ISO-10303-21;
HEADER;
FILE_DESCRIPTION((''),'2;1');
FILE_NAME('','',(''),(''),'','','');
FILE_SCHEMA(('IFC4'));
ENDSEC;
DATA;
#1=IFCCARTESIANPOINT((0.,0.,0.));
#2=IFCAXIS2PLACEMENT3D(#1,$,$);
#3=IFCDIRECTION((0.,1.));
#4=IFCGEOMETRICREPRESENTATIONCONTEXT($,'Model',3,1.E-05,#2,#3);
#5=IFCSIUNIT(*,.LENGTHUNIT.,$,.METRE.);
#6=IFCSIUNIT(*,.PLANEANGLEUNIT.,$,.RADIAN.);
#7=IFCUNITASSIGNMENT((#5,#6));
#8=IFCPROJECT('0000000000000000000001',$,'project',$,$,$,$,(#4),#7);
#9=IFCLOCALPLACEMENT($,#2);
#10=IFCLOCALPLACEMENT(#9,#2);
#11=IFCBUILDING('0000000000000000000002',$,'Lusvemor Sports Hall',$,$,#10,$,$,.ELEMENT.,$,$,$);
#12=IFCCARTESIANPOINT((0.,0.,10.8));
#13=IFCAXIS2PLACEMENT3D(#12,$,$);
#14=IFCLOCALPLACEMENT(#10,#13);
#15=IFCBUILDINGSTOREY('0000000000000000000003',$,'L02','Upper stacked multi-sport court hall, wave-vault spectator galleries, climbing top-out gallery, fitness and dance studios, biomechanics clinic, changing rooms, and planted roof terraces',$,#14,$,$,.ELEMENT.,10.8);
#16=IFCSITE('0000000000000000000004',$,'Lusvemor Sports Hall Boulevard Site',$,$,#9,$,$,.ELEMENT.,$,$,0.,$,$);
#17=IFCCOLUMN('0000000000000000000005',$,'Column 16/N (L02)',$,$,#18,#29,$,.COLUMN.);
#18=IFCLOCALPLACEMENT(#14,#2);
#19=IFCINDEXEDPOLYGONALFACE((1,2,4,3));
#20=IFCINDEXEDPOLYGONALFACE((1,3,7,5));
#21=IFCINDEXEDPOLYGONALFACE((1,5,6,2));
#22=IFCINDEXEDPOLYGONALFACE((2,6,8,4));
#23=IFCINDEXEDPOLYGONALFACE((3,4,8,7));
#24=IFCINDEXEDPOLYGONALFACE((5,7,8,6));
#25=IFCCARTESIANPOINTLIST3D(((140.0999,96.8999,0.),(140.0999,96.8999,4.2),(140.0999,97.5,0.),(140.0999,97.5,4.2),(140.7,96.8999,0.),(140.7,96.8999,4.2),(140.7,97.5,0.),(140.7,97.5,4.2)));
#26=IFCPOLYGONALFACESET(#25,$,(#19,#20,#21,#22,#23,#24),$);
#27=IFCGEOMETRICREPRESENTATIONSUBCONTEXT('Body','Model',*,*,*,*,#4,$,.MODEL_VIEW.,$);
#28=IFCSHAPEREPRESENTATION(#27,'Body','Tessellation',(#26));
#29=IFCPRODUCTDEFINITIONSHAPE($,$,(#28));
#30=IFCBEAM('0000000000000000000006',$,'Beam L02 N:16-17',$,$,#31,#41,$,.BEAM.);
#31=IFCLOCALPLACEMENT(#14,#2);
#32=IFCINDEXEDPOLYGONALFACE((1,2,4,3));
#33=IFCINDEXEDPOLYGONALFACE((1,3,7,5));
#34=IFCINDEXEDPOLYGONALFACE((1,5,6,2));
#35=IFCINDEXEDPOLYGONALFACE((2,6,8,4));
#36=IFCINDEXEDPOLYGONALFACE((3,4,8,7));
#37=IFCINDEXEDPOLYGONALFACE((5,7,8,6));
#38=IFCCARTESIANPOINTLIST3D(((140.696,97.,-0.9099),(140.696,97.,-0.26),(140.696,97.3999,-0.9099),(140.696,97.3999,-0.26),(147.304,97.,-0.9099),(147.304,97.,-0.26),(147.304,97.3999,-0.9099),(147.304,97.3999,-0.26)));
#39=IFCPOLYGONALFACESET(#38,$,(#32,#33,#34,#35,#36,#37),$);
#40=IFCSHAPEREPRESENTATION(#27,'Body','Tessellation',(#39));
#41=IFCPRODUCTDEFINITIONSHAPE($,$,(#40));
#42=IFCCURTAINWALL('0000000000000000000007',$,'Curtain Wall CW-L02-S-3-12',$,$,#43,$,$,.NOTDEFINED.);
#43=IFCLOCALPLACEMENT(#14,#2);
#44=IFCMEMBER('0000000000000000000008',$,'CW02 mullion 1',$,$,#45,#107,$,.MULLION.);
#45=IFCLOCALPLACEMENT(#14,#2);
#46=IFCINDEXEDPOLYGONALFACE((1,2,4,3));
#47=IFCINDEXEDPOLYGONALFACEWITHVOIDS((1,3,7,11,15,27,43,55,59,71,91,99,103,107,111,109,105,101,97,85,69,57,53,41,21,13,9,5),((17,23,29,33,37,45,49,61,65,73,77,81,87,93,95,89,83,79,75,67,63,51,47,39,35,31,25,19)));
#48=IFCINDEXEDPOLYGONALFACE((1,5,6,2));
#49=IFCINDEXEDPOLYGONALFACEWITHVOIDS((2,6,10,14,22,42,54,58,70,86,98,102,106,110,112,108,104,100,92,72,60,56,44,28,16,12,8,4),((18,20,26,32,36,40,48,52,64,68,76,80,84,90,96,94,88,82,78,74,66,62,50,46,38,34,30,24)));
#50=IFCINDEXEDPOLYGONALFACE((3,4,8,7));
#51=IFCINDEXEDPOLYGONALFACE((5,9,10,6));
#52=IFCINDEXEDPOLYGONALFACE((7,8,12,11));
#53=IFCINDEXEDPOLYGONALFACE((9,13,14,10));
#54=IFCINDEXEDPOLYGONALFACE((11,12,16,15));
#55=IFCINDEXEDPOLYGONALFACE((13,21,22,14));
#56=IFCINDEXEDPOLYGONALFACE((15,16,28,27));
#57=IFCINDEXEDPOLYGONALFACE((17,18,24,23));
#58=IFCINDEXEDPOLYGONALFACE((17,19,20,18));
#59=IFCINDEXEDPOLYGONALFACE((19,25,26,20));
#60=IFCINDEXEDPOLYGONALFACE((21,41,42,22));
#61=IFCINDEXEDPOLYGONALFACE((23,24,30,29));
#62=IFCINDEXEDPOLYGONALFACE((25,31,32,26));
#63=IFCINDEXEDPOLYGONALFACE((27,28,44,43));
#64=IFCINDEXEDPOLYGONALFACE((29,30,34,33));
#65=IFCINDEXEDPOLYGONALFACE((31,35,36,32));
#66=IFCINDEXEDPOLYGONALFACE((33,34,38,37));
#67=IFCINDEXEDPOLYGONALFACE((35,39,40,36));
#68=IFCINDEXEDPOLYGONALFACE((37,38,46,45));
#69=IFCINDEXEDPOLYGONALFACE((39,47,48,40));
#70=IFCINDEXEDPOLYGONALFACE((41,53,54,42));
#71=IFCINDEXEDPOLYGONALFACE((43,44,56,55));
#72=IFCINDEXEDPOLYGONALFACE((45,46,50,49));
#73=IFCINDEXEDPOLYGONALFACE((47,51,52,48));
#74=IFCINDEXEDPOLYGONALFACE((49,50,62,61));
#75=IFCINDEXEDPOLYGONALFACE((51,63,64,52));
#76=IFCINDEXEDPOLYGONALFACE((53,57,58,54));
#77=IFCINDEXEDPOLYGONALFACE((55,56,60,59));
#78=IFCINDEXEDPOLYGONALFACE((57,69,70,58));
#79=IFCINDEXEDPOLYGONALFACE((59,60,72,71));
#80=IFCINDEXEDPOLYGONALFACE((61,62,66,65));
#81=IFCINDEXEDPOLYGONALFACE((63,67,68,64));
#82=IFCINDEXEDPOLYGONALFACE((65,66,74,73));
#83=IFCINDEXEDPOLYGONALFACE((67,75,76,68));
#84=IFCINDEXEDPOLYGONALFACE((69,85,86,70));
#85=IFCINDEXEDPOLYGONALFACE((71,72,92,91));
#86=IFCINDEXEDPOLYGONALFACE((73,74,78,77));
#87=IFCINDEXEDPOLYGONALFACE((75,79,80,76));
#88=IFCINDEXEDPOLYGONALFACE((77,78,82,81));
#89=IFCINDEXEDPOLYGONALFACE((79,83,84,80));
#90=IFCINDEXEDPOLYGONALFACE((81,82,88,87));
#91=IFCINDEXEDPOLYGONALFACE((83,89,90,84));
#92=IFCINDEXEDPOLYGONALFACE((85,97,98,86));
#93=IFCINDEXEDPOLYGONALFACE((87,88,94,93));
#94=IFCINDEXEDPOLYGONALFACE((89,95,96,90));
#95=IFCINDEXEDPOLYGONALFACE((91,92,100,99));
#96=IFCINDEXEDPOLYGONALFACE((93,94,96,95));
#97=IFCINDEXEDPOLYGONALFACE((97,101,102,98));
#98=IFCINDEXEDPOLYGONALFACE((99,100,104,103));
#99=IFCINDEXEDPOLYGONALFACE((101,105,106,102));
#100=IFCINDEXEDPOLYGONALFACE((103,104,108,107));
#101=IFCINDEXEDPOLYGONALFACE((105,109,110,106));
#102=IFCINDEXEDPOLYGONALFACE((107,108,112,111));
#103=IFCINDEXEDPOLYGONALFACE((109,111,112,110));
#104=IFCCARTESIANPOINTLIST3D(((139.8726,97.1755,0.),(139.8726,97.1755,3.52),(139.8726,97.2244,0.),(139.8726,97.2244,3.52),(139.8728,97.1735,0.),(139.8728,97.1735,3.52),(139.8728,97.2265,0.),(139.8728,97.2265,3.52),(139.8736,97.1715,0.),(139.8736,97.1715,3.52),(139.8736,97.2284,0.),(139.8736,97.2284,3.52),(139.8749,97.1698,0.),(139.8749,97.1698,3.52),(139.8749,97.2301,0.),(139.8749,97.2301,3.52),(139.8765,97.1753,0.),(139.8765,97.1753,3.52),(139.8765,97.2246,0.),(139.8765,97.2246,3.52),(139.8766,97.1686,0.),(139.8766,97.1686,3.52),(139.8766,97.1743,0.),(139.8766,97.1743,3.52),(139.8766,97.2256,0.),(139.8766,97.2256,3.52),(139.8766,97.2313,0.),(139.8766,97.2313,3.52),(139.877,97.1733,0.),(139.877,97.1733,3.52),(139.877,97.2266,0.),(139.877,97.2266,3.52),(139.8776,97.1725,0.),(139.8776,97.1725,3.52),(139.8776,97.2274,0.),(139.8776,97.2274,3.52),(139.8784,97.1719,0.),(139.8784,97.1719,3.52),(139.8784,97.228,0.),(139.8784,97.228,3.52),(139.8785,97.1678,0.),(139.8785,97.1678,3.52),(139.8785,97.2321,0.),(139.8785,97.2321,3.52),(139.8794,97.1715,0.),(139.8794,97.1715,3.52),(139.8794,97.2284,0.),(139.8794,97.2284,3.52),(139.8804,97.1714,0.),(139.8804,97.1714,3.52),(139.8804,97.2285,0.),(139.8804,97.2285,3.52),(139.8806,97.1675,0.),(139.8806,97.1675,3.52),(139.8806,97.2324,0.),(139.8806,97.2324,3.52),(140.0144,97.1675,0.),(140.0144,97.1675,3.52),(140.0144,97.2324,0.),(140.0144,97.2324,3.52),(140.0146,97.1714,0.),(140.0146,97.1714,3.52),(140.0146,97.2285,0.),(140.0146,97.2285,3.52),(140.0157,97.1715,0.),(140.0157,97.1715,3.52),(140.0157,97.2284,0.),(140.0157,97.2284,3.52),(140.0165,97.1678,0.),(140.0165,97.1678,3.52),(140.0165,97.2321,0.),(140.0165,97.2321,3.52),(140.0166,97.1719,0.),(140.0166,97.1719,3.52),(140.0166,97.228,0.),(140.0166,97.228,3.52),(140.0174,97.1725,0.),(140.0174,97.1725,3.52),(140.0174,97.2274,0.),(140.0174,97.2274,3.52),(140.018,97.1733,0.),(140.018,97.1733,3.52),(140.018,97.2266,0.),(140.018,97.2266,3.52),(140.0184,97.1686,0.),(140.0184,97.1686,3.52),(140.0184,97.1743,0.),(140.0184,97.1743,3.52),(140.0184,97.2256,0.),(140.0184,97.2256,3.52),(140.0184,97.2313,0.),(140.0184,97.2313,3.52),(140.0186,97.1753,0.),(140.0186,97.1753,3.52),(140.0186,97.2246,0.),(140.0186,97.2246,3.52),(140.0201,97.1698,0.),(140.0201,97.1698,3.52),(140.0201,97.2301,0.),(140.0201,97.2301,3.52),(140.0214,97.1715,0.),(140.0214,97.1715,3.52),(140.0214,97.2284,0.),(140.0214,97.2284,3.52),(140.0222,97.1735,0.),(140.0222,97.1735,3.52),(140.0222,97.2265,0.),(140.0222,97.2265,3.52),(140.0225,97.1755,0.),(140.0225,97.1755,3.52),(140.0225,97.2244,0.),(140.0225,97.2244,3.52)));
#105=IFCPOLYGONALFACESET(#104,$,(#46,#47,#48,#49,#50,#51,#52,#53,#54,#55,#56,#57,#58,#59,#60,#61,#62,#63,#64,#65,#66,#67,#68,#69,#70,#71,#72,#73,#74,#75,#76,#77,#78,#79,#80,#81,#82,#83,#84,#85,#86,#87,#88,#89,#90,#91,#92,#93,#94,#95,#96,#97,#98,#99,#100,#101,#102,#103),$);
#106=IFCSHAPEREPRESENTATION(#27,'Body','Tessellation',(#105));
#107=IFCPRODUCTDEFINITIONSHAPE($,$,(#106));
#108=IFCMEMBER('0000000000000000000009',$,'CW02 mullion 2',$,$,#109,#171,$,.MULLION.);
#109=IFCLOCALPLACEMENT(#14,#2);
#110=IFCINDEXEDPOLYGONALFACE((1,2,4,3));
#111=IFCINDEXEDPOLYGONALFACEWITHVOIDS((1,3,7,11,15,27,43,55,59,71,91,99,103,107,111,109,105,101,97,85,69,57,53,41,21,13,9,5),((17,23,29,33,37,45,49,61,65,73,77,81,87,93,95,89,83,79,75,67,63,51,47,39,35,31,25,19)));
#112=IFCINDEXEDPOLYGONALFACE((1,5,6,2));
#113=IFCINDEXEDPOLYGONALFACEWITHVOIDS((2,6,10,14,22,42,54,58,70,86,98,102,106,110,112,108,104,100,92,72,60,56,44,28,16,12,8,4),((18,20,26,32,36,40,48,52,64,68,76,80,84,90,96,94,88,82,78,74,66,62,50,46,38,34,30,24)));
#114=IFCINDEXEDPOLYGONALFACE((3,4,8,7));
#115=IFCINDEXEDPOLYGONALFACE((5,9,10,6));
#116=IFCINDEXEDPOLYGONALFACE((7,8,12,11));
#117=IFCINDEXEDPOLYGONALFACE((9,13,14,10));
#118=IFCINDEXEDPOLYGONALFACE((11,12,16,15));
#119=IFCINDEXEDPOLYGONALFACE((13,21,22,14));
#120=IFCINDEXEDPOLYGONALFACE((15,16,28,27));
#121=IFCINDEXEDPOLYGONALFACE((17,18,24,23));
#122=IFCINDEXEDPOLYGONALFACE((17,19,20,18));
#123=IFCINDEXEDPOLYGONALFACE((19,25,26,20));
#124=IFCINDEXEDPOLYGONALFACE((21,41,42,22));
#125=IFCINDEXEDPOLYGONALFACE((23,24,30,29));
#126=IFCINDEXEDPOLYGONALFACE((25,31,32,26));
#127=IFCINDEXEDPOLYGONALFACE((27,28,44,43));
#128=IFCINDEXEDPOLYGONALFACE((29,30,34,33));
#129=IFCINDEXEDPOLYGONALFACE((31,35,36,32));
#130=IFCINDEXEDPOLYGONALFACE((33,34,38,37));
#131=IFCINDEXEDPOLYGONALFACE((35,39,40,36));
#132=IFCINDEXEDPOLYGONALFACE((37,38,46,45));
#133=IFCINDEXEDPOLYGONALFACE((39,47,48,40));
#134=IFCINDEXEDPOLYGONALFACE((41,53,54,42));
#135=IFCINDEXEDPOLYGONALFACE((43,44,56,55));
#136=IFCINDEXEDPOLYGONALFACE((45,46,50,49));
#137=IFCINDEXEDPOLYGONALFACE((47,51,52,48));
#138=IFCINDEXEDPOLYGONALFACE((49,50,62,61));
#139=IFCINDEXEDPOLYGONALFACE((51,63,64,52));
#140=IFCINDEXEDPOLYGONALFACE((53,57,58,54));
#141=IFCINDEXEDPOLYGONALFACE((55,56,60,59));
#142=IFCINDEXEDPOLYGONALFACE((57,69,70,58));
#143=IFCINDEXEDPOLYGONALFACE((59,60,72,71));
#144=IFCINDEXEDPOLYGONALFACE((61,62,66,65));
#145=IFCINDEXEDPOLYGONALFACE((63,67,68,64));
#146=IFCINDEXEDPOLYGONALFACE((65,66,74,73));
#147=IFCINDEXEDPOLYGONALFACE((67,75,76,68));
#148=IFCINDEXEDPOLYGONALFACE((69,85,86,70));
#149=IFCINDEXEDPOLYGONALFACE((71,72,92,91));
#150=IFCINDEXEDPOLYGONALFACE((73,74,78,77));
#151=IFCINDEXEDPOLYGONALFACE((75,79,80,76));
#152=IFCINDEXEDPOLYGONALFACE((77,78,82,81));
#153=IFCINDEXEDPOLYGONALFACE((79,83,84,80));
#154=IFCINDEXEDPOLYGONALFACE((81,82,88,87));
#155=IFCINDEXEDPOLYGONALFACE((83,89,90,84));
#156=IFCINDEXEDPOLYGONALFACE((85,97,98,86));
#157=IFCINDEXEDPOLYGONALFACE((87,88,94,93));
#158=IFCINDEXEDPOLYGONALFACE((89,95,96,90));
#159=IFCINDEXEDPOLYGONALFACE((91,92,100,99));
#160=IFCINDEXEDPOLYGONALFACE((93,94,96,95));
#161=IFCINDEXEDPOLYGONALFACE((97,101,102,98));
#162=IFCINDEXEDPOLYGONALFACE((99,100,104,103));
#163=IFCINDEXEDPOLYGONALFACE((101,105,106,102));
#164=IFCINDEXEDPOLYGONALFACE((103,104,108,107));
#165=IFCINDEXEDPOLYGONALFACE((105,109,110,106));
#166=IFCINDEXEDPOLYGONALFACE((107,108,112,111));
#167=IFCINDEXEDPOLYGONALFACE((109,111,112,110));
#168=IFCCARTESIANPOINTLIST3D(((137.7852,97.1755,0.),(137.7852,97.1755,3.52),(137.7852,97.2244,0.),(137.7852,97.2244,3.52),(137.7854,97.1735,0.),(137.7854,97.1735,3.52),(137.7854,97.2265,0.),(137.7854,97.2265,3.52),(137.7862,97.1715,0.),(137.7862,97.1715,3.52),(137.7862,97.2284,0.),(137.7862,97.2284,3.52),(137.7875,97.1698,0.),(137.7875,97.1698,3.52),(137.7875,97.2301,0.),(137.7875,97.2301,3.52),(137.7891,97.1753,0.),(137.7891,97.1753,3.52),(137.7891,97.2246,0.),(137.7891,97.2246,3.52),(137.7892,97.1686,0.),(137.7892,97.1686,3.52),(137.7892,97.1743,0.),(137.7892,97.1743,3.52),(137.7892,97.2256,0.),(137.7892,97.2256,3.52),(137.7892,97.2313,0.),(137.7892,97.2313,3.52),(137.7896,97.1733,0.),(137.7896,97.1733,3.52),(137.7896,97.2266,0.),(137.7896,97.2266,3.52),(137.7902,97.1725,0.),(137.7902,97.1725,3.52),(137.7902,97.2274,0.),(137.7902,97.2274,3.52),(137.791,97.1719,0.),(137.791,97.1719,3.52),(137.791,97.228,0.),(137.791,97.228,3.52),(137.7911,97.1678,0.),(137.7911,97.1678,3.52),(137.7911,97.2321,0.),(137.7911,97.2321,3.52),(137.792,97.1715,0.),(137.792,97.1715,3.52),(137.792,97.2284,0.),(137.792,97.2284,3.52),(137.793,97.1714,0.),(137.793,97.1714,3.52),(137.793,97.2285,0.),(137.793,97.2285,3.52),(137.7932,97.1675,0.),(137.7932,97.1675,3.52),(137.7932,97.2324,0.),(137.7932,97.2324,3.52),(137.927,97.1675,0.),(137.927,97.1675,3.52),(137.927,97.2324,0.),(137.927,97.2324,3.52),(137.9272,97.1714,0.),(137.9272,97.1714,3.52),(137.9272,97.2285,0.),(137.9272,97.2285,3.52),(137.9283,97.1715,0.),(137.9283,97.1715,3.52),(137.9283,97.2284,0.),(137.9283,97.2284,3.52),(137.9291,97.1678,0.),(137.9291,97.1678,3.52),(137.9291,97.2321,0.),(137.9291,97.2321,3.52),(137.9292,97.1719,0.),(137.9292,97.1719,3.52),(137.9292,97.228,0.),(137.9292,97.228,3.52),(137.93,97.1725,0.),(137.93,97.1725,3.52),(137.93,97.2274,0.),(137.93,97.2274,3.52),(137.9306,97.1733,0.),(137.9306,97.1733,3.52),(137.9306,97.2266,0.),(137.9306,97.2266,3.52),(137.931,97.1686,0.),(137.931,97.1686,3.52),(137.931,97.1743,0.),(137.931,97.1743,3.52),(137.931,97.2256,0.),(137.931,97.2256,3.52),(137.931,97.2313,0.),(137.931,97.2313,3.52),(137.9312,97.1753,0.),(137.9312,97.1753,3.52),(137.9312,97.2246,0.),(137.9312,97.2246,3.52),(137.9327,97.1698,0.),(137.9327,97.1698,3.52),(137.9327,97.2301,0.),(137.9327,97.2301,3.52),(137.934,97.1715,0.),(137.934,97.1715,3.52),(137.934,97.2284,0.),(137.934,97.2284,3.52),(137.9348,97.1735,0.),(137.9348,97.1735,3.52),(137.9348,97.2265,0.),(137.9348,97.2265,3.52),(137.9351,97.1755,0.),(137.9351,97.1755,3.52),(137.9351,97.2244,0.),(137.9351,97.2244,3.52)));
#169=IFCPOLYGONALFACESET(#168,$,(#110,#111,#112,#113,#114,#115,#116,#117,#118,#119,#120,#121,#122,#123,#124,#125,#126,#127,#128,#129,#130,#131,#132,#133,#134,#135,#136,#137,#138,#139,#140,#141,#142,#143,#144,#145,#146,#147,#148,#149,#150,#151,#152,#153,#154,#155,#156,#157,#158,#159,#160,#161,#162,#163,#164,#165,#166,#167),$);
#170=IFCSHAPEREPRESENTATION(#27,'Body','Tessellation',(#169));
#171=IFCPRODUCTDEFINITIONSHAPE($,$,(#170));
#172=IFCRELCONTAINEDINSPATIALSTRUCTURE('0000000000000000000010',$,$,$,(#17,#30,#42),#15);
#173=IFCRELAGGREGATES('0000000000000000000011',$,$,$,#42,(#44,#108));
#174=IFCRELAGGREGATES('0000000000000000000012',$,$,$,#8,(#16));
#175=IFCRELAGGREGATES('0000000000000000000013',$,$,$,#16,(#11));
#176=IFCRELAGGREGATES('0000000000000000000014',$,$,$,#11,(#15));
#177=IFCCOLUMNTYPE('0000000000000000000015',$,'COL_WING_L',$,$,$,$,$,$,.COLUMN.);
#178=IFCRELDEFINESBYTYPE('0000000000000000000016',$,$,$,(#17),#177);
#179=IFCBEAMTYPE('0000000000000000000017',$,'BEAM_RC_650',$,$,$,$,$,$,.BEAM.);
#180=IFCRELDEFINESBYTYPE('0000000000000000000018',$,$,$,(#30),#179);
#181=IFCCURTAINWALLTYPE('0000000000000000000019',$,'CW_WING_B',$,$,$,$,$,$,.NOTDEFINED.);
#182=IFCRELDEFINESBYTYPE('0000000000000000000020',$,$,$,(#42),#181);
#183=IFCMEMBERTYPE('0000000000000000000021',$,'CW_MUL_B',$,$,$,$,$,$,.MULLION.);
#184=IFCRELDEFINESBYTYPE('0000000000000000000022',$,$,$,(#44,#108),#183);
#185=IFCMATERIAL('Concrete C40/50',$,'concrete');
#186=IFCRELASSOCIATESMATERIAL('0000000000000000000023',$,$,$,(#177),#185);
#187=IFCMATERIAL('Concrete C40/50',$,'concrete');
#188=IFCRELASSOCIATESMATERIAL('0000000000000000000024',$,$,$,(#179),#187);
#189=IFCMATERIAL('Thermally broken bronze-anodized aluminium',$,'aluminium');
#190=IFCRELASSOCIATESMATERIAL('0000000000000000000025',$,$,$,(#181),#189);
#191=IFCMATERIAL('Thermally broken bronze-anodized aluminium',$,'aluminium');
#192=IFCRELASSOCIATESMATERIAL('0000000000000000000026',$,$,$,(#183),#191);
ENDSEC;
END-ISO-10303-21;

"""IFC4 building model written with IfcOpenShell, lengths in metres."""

from ifc_helpers import new_model, si_unit, direction, frame, origin, origin_2d, place, context, subcontext, project, spatial, rectangle, hollow_rectangle, extrude, material, material_profile, profile_set, type_object, element, aggregate, save


model = new_model("IFC4")

# Units and contexts
model_context = context("Model", 3, precision=1e-05, world=origin(), true_north=direction((0.0, 1.0)))
body_context = subcontext(model_context, "Body", "Model", "MODEL_VIEW")
ifc_project = project(units=[si_unit("LENGTHUNIT", "METRE"), si_unit("PLANEANGLEUNIT", "RADIAN")], contexts=[model_context])

# Site, building, storey
site_placement = place(None, origin())
site = spatial("IfcSite", under=ifc_project, at=site_placement, Name="Lusvemor Sports Hall Boulevard Site", CompositionType="ELEMENT", RefElevation=0.0)
building_placement = place(site_placement, origin())
building = spatial("IfcBuilding", under=site, at=building_placement, Name="Lusvemor Sports Hall", CompositionType="ELEMENT")
storey_placement = place(building_placement, frame((0.0, 0.0, 10.8)))
storey = spatial("IfcBuildingStorey", under=building, at=storey_placement, Name="L02", Description="Upper stacked multi-sport court hall, wave-vault spectator galleries, climbing top-out gallery, fitness and dance studios, biomechanics clinic, changing rooms, and planted roof terraces", CompositionType="ELEMENT", Elevation=10.8)

# Column
ifc_material_1 = material(Name="Concrete C40/50", Category="concrete")
ifc_material_profile_1 = material_profile(ifc_material_1, rectangle(XDim=0.6001, YDim=0.6001, at=origin_2d()), Name="RC600x600")
ifc_profile_set_1 = profile_set([ifc_material_profile_1], Name="Concrete C40/50")
column_type = type_object("IfcColumnType", Name="COL_WING_L", PredefinedType="COLUMN", material=ifc_profile_set_1)
column_placement = place(storey_placement, frame((140.3999, 97.2, 0.0), z_axis=(0.0, 0.0, 1.0), x_axis=(1.0, 0.0, 0.0)))
element("IfcColumn", 1, at=column_placement, inside=storey, type_object=column_type, Name="Column 16/N (L02)", PredefinedType="COLUMN", context=body_context, shape_type="SweptSolid", body=[
    extrude(rectangle(XDim=0.6001, YDim=0.6001, at=origin_2d()), origin(), (0.0, 0.0, 1.0), 4.2),
])

# Beam
ifc_material_2 = material(Name="Concrete C40/50", Category="concrete")
ifc_material_profile_2 = material_profile(ifc_material_2, rectangle(XDim=0.3999, YDim=0.6499, at=origin_2d()), Name="RC400x650")
ifc_profile_set_2 = profile_set([ifc_material_profile_2], Name="Concrete C40/50")
beam_type = type_object("IfcBeamType", Name="BEAM_RC_650", PredefinedType="BEAM", material=ifc_profile_set_2)
beam_placement = place(storey_placement, frame((140.696, 97.2, -0.585), z_axis=(1.0, 0.0, 0.0), x_axis=(0.0, 1.0, 0.0)))
element("IfcBeam", 2, at=beam_placement, inside=storey, type_object=beam_type, Name="Beam L02 N:16-17", PredefinedType="BEAM", context=body_context, shape_type="SweptSolid", body=[
    extrude(rectangle(XDim=0.3999, YDim=0.6499, at=origin_2d()), origin(), (0.0, 0.0, 1.0), 6.6079),
])

# Curtain wall, members
ifc_material_3 = material(Name="Thermally broken bronze-anodized aluminium", Category="aluminium")
curtain_wall_type = type_object("IfcCurtainWallType", Name="CW_WING_B", PredefinedType="NOTDEFINED", material=ifc_material_3)
curtain_wall_placement = place(storey_placement, origin())
curtain_wall = element("IfcCurtainWall", 3, at=curtain_wall_placement, inside=storey, type_object=curtain_wall_type, Name="Curtain Wall CW-L02-S-3-12", PredefinedType="NOTDEFINED")
ifc_material_4 = material(Name="Thermally broken bronze-anodized aluminium", Category="aluminium")
ifc_material_profile_3 = material_profile(ifc_material_4, hollow_rectangle(XDim=0.0649, YDim=0.1499, WallThickness=0.0039, InnerFilletRadius=0.0039, OuterFilletRadius=0.0081, at=origin_2d()), Name="CWMUL150x65x4")
ifc_profile_set_3 = profile_set([ifc_material_profile_3], Name="Thermally broken bronze-anodized aluminium")
member_type_1 = type_object("IfcMemberType", Name="CW_MUL_B", PredefinedType="MULLION", material=ifc_profile_set_3)
member_1_placement = place(storey_placement, frame((139.9475, 97.2, 0.0), z_axis=(0.0, 0.0, 1.0), x_axis=(0.0, -1.0, 0.0)))
member_1 = element("IfcMember", 4, at=member_1_placement, type_object=member_type_1, Name="CW02 mullion 1", PredefinedType="MULLION", context=body_context, shape_type="SweptSolid", body=[
    extrude(hollow_rectangle(XDim=0.0649, YDim=0.1499, WallThickness=0.0039, InnerFilletRadius=0.0039, OuterFilletRadius=0.0081, at=origin_2d()), origin(), (0.0, 0.0, 1.0), 3.52),
])
member_2_placement = place(storey_placement, frame((137.8601, 97.2, 0.0), z_axis=(0.0, 0.0, 1.0), x_axis=(0.0, -1.0, 0.0)))
member_2 = element("IfcMember", 5, at=member_2_placement, type_object=member_type_1, Name="CW02 mullion 2", PredefinedType="MULLION", context=body_context, shape_type="SweptSolid", body=[
    extrude(hollow_rectangle(XDim=0.0649, YDim=0.1499, WallThickness=0.0039, InnerFilletRadius=0.0039, OuterFilletRadius=0.0081, at=origin_2d()), origin(), (0.0, 0.0, 1.0), 3.52),
])
aggregate(curtain_wall, [member_1, member_2])

save(model, "model.ifc")
